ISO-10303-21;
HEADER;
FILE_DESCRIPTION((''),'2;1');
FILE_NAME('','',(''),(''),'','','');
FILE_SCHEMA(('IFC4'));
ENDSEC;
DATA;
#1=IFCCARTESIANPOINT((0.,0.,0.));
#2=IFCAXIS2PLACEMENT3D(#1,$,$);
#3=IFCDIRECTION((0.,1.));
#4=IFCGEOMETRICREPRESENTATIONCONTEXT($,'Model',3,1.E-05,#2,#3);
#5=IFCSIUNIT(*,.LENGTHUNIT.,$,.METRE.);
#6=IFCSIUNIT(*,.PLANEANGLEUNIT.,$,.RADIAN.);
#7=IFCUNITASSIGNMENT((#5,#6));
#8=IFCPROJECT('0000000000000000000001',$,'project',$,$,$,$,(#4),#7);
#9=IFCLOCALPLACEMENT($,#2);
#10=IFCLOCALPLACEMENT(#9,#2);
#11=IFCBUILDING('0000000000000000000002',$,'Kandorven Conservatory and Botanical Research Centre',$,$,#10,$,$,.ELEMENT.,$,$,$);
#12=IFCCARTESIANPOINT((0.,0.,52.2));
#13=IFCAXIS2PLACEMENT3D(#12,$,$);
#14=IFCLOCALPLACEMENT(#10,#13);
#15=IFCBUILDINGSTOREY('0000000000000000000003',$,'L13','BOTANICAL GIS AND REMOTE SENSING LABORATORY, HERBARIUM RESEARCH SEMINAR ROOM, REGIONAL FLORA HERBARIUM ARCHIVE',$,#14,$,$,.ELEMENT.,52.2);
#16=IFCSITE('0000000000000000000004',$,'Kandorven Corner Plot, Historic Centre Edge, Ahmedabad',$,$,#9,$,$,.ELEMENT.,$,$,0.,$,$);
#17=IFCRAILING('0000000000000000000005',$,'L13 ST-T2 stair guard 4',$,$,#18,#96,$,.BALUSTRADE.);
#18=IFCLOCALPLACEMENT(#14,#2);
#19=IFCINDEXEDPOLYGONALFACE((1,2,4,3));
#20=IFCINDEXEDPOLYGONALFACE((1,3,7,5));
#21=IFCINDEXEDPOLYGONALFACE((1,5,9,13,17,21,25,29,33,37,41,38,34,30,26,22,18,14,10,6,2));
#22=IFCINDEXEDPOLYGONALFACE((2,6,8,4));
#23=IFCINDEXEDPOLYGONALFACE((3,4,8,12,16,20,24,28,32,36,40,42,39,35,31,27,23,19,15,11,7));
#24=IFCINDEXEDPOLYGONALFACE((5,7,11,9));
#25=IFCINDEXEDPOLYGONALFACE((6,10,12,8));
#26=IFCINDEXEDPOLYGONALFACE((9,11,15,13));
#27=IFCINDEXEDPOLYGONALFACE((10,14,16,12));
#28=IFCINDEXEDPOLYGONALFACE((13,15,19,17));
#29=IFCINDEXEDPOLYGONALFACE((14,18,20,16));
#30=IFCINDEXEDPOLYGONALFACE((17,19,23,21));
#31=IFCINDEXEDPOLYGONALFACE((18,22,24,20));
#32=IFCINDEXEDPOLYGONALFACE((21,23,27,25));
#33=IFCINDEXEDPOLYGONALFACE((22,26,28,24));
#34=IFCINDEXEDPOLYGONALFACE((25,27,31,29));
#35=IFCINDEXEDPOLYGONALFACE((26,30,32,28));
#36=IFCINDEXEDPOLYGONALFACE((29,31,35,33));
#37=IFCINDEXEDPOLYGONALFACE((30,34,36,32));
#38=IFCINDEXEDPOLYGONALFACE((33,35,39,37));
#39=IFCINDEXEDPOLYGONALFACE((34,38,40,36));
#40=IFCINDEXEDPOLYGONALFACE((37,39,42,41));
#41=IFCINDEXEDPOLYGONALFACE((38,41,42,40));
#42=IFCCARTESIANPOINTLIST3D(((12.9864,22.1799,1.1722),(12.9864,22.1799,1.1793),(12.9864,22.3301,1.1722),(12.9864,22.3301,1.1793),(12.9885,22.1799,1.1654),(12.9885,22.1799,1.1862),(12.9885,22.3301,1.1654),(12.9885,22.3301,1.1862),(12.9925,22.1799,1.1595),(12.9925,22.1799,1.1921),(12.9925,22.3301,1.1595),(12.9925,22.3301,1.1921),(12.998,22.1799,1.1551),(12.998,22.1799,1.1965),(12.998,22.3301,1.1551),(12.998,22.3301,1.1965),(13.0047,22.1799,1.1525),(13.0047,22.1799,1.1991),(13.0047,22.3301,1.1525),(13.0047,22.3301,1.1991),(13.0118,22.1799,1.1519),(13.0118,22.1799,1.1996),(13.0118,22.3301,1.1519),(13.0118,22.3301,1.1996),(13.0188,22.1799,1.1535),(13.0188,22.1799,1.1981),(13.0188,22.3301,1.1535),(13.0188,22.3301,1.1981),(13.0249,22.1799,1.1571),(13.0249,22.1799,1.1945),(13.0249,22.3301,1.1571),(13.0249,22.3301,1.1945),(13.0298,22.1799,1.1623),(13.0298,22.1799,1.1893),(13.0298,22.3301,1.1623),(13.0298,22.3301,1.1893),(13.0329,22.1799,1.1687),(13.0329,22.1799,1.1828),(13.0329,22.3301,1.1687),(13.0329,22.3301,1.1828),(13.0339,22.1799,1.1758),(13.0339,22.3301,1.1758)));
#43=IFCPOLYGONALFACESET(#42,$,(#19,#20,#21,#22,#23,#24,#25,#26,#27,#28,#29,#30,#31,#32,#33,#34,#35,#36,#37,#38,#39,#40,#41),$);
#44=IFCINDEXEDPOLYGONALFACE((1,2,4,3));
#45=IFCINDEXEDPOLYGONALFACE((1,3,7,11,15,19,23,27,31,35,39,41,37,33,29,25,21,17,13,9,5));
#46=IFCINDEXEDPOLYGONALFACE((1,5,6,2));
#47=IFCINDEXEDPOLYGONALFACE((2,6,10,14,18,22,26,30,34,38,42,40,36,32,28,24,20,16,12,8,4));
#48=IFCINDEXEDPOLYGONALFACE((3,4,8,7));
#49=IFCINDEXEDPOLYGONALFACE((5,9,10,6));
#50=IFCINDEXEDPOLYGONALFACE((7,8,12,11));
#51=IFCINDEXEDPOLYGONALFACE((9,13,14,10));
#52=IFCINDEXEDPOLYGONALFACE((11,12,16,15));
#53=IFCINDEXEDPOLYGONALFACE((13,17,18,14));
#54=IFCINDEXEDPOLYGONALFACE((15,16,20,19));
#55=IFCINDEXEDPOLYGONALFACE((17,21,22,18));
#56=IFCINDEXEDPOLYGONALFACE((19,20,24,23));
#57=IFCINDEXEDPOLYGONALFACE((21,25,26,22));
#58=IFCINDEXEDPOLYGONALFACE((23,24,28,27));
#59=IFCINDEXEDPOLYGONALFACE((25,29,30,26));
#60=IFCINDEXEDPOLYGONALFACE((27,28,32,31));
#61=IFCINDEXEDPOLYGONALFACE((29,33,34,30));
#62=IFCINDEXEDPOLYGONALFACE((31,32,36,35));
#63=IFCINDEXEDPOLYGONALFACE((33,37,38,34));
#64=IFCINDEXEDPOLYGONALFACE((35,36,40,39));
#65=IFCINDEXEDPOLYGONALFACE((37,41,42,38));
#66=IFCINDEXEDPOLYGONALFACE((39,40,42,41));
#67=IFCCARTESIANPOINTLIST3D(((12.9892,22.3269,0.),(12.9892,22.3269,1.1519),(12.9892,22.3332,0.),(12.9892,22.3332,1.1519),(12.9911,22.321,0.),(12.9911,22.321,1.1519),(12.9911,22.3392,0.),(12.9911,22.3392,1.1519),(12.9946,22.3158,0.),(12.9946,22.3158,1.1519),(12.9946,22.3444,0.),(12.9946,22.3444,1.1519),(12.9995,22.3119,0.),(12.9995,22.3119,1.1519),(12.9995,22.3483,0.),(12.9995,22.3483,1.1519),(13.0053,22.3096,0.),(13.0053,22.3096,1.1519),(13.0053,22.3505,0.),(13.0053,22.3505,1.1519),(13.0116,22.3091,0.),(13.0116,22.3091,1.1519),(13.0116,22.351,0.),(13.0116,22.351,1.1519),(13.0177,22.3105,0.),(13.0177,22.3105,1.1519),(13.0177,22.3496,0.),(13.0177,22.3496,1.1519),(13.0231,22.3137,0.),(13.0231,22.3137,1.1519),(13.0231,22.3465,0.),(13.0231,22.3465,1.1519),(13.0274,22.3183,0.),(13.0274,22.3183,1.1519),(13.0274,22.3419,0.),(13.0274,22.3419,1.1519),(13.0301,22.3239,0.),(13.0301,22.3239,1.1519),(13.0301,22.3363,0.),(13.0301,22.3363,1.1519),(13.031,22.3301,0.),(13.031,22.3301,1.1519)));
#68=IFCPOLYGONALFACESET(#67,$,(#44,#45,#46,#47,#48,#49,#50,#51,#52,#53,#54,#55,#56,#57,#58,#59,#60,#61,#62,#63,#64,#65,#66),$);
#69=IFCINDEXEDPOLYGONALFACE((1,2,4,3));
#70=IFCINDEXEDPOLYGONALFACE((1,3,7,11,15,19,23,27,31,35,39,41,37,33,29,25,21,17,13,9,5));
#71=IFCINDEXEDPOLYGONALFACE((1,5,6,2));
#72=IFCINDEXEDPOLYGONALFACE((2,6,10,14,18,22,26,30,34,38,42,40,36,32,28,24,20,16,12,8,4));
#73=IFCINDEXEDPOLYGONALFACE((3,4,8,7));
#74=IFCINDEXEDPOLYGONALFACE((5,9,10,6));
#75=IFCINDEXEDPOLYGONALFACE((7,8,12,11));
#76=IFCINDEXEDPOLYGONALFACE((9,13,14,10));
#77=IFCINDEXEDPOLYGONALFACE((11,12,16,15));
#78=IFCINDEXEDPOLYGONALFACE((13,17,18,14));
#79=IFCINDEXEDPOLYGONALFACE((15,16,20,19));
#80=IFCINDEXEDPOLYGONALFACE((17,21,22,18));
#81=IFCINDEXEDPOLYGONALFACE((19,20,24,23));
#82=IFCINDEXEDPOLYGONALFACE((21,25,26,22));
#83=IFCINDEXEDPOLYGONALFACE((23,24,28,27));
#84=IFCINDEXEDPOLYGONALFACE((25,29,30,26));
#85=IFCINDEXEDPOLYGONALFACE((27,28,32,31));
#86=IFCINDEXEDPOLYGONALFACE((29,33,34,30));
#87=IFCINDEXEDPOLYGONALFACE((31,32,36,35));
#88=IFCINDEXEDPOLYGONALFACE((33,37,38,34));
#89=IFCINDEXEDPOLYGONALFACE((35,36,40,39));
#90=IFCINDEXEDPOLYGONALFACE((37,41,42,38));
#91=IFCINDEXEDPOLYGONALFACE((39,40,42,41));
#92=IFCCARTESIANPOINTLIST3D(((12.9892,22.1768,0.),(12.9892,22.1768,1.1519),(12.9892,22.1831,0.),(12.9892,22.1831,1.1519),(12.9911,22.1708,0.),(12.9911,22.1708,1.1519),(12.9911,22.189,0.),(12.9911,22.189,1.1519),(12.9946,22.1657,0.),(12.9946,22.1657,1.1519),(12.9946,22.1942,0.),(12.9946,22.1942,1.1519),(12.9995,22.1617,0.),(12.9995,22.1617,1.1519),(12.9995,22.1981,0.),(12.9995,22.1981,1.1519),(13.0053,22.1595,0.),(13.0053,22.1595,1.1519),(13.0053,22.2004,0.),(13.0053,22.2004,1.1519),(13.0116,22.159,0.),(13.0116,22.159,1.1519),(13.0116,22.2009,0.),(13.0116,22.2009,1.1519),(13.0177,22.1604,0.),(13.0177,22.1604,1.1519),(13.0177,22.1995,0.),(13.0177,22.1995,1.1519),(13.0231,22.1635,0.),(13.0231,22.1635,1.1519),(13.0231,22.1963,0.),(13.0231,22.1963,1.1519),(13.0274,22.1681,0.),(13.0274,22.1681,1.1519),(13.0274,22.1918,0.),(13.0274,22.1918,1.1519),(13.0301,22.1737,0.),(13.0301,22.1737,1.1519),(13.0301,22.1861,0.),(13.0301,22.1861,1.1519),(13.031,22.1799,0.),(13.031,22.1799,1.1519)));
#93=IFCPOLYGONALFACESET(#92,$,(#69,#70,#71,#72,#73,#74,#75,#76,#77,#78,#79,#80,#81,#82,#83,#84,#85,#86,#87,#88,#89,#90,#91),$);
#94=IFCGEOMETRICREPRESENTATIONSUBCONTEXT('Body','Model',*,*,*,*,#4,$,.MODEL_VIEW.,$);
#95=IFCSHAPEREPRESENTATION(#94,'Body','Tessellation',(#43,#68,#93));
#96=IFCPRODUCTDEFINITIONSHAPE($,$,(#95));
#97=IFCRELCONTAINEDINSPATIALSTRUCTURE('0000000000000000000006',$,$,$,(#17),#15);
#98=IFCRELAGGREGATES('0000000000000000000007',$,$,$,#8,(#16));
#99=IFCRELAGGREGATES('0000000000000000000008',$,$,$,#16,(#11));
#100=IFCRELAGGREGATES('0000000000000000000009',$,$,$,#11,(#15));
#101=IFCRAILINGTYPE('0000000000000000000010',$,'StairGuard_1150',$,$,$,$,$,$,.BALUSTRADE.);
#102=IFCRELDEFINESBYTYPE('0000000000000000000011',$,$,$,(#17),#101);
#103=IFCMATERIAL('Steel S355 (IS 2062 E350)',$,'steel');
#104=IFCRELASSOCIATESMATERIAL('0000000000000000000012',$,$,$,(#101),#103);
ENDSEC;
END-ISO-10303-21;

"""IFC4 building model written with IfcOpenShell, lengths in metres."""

from ifc_helpers import new_model, si_unit, direction, frame, origin, origin_2d, place, context, subcontext, project, spatial, circle, extrude, material, type_object, element, save


model = new_model("IFC4")

# Units and contexts
model_context = context("Model", 3, precision=1e-05, world=origin(), true_north=direction((0.0, 1.0)))
body_context = subcontext(model_context, "Body", "Model", "MODEL_VIEW")
ifc_project = project(units=[si_unit("LENGTHUNIT", "METRE"), si_unit("PLANEANGLEUNIT", "RADIAN")], contexts=[model_context])

# Site, building, storey
site_placement = place(None, origin())
site = spatial("IfcSite", under=ifc_project, at=site_placement, Name="Kandorven Corner Plot, Historic Centre Edge, Ahmedabad", CompositionType="ELEMENT", RefElevation=0.0)
building_placement = place(site_placement, origin())
building = spatial("IfcBuilding", under=site, at=building_placement, Name="Kandorven Conservatory and Botanical Research Centre", CompositionType="ELEMENT")
storey_placement = place(building_placement, frame((0.0, 0.0, 52.2)))
storey = spatial("IfcBuildingStorey", under=building, at=storey_placement, Name="L13", Description="BOTANICAL GIS AND REMOTE SENSING LABORATORY, HERBARIUM RESEARCH SEMINAR ROOM, REGIONAL FLORA HERBARIUM ARCHIVE", CompositionType="ELEMENT", Elevation=52.2)

# Railing
ifc_material_1 = material(Name="Steel S355 (IS 2062 E350)", Category="steel")
railing_type_1 = type_object("IfcRailingType", Name="StairGuard_1150", PredefinedType="BALUSTRADE", material=ifc_material_1)
railing_1_placement = place(storey_placement, frame((13.01, 22.3301, 0.0)))
element("IfcRailing", 1, at=railing_1_placement, inside=storey, type_object=railing_type_1, Name="L13 ST-T2 stair guard 4", PredefinedType="BALUSTRADE", context=body_context, shape_type="SweptSolid", body=[
    extrude(circle(Radius=0.0239, at=origin_2d()), frame((0.0, 0.0, 1.1758), z_axis=(0.0, -1.0, 0.0), x_axis=(1.0, 0.0, 0.0)), (0.0, 0.0, 1.0), 0.1501),
    extrude(circle(Radius=0.021, at=origin_2d()), origin(), (0.0, 0.0, 1.0), 1.1519),
    extrude(circle(Radius=0.021, at=origin_2d()), frame((0.0, -0.1501, 0.0)), (0.0, 0.0, 1.0), 1.1519),
])

save(model, "model.ifc")
